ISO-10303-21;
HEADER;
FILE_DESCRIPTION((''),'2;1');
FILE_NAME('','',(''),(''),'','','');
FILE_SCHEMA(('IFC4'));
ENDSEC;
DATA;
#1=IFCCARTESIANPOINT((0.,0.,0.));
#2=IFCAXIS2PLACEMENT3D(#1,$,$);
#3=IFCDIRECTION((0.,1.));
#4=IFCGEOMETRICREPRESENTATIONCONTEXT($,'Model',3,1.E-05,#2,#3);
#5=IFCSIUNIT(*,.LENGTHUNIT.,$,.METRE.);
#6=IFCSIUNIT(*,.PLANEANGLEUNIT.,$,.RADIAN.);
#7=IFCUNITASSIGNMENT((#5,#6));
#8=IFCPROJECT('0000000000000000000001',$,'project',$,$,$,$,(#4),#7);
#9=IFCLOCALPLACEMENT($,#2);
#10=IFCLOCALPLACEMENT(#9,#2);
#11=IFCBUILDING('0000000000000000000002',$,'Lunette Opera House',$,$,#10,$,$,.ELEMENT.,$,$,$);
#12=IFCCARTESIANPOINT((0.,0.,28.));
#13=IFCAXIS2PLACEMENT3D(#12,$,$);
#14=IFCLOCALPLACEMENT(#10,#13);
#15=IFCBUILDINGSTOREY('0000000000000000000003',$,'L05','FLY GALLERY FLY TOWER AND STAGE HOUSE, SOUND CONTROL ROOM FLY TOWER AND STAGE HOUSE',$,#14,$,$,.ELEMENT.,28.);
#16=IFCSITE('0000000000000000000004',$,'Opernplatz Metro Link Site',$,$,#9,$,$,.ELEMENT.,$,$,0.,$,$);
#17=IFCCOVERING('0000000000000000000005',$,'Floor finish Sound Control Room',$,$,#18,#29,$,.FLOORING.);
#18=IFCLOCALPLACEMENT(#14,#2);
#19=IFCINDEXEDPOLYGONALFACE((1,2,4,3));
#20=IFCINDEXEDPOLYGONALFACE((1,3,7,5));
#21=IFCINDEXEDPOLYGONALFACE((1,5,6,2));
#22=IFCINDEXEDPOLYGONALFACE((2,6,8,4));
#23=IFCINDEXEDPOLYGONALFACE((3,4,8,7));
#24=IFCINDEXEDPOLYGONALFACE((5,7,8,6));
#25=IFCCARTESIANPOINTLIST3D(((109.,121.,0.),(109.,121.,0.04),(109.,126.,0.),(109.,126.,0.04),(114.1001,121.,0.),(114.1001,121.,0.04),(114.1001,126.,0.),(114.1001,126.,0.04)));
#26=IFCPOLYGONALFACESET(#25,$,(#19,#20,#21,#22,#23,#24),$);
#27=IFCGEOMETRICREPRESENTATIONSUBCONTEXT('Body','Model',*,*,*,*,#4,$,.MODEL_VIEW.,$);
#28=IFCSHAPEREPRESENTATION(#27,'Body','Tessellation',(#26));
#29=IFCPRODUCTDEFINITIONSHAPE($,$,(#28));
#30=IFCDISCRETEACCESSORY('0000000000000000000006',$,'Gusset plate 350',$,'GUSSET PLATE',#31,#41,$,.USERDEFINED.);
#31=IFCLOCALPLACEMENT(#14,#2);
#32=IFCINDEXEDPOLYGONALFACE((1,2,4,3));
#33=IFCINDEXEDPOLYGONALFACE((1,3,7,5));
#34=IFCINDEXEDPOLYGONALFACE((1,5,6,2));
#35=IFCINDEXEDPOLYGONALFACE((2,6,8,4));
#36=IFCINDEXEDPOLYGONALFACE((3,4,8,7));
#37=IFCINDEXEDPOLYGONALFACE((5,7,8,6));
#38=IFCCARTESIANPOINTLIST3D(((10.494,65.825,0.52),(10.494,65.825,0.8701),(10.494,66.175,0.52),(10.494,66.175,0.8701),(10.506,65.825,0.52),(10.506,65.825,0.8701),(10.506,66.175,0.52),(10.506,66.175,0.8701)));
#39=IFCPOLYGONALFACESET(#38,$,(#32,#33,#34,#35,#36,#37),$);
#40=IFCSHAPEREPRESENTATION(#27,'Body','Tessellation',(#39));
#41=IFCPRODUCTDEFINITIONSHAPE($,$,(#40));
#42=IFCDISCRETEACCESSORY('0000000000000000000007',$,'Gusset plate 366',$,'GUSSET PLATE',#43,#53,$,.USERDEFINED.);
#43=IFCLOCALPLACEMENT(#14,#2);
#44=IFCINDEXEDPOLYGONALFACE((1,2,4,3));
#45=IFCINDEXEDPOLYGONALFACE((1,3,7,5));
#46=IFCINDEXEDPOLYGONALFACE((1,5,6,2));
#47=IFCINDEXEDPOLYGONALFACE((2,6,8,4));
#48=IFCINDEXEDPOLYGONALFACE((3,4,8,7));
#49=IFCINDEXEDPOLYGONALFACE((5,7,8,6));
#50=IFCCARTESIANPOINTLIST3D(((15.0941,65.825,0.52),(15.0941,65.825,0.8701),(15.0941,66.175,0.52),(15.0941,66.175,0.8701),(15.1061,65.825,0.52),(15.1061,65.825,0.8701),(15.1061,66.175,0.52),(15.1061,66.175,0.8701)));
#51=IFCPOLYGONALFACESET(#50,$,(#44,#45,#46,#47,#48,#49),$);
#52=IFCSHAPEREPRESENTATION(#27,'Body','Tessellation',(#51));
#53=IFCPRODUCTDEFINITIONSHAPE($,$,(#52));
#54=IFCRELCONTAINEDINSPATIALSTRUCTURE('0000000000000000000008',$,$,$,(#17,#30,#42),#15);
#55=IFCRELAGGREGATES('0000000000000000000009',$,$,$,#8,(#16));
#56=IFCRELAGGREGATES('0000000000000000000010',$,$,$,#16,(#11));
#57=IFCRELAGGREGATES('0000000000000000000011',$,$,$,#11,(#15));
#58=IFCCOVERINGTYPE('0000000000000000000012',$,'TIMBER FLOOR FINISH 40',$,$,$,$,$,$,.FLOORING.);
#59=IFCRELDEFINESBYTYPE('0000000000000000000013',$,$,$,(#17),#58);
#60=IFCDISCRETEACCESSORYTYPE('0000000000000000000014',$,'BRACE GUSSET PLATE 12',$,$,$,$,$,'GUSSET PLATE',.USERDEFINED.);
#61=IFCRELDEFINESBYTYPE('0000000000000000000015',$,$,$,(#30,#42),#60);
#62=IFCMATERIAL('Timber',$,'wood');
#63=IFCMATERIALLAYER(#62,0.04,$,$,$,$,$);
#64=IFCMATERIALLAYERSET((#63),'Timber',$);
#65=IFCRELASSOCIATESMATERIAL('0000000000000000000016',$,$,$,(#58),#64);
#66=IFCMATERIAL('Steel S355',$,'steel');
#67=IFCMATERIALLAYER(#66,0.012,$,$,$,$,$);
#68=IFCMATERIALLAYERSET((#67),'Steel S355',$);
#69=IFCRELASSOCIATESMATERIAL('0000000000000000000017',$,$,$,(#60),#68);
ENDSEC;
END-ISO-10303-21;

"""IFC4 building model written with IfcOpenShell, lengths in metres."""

from ifc_helpers import new_model, si_unit, direction, frame, origin, origin_2d, place, context, subcontext, project, spatial, polyline, rectangle, outline, extrude, material, layer, layer_set, type_object, element, save


model = new_model("IFC4")

# Units and contexts
model_context = context("Model", 3, precision=1e-05, world=origin(), true_north=direction((0.0, 1.0)))
body_context = subcontext(model_context, "Body", "Model", "MODEL_VIEW")
ifc_project = project(units=[si_unit("LENGTHUNIT", "METRE"), si_unit("PLANEANGLEUNIT", "RADIAN")], contexts=[model_context])

# Site, building, storey
site_placement = place(None, origin())
site = spatial("IfcSite", under=ifc_project, at=site_placement, Name="Opernplatz Metro Link Site", CompositionType="ELEMENT", RefElevation=0.0)
building_placement = place(site_placement, origin())
building = spatial("IfcBuilding", under=site, at=building_placement, Name="Lunette Opera House", CompositionType="ELEMENT")
storey_placement = place(building_placement, frame((0.0, 0.0, 28.0)))
storey = spatial("IfcBuildingStorey", under=building, at=storey_placement, Name="L05", Description="FLY GALLERY FLY TOWER AND STAGE HOUSE, SOUND CONTROL ROOM FLY TOWER AND STAGE HOUSE", CompositionType="ELEMENT", Elevation=28.0)

# Covering
ifc_material_1 = material(Name="Timber", Category="wood")
ifc_layer_1 = layer(ifc_material_1, 0.04)
ifc_layer_set_1 = layer_set([ifc_layer_1], Name="Timber")
covering_type_1 = type_object("IfcCoveringType", Name="TIMBER FLOOR FINISH 40", PredefinedType="FLOORING", material=ifc_layer_set_1)
covering_1_placement = place(storey_placement, origin())
element("IfcCovering", 1, at=covering_1_placement, inside=storey, type_object=covering_type_1, Name="Floor finish Sound Control Room", PredefinedType="FLOORING", context=body_context, shape_type="SweptSolid", body=[
    extrude(outline(polyline([(109.0, 126.0), (114.1001, 126.0), (114.1001, 121.0), (109.0, 121.0), (109.0, 126.0)])), origin(), (0.0, 0.0, 1.0), 0.04),
])

# Discrete accessories
ifc_material_2 = material(Name="Steel S355", Category="steel")
ifc_layer_2 = layer(ifc_material_2, 0.012)
ifc_layer_set_2 = layer_set([ifc_layer_2], Name="Steel S355")
discrete_accessory_type = type_object("IfcDiscreteAccessoryType", Name="BRACE GUSSET PLATE 12", ElementType="GUSSET PLATE", PredefinedType="USERDEFINED", material=ifc_layer_set_2)
for number, where, z_axis, x_axis, name in (
    (2, (10.5, 66.0, 0.52), (0.0, 0.0, 1.0), (0.0, 1.0, 0.0), "Gusset plate 350"),
    (3, (15.1001, 66.0, 0.52), (0.0, 0.0, 1.0), (0.0, 1.0, 0.0), "Gusset plate 366"),
):
    element("IfcDiscreteAccessory", number, at=place(storey_placement, frame(where, z_axis=z_axis, x_axis=x_axis)), inside=storey, type_object=discrete_accessory_type, Name=name, ObjectType="GUSSET PLATE", PredefinedType="USERDEFINED", context=body_context, shape_type="SweptSolid", body=[
        extrude(rectangle(XDim=0.3501, YDim=0.012, at=origin_2d()), origin(), (0.0, 0.0, 1.0), 0.3501),
    ])

save(model, "model.ifc")
